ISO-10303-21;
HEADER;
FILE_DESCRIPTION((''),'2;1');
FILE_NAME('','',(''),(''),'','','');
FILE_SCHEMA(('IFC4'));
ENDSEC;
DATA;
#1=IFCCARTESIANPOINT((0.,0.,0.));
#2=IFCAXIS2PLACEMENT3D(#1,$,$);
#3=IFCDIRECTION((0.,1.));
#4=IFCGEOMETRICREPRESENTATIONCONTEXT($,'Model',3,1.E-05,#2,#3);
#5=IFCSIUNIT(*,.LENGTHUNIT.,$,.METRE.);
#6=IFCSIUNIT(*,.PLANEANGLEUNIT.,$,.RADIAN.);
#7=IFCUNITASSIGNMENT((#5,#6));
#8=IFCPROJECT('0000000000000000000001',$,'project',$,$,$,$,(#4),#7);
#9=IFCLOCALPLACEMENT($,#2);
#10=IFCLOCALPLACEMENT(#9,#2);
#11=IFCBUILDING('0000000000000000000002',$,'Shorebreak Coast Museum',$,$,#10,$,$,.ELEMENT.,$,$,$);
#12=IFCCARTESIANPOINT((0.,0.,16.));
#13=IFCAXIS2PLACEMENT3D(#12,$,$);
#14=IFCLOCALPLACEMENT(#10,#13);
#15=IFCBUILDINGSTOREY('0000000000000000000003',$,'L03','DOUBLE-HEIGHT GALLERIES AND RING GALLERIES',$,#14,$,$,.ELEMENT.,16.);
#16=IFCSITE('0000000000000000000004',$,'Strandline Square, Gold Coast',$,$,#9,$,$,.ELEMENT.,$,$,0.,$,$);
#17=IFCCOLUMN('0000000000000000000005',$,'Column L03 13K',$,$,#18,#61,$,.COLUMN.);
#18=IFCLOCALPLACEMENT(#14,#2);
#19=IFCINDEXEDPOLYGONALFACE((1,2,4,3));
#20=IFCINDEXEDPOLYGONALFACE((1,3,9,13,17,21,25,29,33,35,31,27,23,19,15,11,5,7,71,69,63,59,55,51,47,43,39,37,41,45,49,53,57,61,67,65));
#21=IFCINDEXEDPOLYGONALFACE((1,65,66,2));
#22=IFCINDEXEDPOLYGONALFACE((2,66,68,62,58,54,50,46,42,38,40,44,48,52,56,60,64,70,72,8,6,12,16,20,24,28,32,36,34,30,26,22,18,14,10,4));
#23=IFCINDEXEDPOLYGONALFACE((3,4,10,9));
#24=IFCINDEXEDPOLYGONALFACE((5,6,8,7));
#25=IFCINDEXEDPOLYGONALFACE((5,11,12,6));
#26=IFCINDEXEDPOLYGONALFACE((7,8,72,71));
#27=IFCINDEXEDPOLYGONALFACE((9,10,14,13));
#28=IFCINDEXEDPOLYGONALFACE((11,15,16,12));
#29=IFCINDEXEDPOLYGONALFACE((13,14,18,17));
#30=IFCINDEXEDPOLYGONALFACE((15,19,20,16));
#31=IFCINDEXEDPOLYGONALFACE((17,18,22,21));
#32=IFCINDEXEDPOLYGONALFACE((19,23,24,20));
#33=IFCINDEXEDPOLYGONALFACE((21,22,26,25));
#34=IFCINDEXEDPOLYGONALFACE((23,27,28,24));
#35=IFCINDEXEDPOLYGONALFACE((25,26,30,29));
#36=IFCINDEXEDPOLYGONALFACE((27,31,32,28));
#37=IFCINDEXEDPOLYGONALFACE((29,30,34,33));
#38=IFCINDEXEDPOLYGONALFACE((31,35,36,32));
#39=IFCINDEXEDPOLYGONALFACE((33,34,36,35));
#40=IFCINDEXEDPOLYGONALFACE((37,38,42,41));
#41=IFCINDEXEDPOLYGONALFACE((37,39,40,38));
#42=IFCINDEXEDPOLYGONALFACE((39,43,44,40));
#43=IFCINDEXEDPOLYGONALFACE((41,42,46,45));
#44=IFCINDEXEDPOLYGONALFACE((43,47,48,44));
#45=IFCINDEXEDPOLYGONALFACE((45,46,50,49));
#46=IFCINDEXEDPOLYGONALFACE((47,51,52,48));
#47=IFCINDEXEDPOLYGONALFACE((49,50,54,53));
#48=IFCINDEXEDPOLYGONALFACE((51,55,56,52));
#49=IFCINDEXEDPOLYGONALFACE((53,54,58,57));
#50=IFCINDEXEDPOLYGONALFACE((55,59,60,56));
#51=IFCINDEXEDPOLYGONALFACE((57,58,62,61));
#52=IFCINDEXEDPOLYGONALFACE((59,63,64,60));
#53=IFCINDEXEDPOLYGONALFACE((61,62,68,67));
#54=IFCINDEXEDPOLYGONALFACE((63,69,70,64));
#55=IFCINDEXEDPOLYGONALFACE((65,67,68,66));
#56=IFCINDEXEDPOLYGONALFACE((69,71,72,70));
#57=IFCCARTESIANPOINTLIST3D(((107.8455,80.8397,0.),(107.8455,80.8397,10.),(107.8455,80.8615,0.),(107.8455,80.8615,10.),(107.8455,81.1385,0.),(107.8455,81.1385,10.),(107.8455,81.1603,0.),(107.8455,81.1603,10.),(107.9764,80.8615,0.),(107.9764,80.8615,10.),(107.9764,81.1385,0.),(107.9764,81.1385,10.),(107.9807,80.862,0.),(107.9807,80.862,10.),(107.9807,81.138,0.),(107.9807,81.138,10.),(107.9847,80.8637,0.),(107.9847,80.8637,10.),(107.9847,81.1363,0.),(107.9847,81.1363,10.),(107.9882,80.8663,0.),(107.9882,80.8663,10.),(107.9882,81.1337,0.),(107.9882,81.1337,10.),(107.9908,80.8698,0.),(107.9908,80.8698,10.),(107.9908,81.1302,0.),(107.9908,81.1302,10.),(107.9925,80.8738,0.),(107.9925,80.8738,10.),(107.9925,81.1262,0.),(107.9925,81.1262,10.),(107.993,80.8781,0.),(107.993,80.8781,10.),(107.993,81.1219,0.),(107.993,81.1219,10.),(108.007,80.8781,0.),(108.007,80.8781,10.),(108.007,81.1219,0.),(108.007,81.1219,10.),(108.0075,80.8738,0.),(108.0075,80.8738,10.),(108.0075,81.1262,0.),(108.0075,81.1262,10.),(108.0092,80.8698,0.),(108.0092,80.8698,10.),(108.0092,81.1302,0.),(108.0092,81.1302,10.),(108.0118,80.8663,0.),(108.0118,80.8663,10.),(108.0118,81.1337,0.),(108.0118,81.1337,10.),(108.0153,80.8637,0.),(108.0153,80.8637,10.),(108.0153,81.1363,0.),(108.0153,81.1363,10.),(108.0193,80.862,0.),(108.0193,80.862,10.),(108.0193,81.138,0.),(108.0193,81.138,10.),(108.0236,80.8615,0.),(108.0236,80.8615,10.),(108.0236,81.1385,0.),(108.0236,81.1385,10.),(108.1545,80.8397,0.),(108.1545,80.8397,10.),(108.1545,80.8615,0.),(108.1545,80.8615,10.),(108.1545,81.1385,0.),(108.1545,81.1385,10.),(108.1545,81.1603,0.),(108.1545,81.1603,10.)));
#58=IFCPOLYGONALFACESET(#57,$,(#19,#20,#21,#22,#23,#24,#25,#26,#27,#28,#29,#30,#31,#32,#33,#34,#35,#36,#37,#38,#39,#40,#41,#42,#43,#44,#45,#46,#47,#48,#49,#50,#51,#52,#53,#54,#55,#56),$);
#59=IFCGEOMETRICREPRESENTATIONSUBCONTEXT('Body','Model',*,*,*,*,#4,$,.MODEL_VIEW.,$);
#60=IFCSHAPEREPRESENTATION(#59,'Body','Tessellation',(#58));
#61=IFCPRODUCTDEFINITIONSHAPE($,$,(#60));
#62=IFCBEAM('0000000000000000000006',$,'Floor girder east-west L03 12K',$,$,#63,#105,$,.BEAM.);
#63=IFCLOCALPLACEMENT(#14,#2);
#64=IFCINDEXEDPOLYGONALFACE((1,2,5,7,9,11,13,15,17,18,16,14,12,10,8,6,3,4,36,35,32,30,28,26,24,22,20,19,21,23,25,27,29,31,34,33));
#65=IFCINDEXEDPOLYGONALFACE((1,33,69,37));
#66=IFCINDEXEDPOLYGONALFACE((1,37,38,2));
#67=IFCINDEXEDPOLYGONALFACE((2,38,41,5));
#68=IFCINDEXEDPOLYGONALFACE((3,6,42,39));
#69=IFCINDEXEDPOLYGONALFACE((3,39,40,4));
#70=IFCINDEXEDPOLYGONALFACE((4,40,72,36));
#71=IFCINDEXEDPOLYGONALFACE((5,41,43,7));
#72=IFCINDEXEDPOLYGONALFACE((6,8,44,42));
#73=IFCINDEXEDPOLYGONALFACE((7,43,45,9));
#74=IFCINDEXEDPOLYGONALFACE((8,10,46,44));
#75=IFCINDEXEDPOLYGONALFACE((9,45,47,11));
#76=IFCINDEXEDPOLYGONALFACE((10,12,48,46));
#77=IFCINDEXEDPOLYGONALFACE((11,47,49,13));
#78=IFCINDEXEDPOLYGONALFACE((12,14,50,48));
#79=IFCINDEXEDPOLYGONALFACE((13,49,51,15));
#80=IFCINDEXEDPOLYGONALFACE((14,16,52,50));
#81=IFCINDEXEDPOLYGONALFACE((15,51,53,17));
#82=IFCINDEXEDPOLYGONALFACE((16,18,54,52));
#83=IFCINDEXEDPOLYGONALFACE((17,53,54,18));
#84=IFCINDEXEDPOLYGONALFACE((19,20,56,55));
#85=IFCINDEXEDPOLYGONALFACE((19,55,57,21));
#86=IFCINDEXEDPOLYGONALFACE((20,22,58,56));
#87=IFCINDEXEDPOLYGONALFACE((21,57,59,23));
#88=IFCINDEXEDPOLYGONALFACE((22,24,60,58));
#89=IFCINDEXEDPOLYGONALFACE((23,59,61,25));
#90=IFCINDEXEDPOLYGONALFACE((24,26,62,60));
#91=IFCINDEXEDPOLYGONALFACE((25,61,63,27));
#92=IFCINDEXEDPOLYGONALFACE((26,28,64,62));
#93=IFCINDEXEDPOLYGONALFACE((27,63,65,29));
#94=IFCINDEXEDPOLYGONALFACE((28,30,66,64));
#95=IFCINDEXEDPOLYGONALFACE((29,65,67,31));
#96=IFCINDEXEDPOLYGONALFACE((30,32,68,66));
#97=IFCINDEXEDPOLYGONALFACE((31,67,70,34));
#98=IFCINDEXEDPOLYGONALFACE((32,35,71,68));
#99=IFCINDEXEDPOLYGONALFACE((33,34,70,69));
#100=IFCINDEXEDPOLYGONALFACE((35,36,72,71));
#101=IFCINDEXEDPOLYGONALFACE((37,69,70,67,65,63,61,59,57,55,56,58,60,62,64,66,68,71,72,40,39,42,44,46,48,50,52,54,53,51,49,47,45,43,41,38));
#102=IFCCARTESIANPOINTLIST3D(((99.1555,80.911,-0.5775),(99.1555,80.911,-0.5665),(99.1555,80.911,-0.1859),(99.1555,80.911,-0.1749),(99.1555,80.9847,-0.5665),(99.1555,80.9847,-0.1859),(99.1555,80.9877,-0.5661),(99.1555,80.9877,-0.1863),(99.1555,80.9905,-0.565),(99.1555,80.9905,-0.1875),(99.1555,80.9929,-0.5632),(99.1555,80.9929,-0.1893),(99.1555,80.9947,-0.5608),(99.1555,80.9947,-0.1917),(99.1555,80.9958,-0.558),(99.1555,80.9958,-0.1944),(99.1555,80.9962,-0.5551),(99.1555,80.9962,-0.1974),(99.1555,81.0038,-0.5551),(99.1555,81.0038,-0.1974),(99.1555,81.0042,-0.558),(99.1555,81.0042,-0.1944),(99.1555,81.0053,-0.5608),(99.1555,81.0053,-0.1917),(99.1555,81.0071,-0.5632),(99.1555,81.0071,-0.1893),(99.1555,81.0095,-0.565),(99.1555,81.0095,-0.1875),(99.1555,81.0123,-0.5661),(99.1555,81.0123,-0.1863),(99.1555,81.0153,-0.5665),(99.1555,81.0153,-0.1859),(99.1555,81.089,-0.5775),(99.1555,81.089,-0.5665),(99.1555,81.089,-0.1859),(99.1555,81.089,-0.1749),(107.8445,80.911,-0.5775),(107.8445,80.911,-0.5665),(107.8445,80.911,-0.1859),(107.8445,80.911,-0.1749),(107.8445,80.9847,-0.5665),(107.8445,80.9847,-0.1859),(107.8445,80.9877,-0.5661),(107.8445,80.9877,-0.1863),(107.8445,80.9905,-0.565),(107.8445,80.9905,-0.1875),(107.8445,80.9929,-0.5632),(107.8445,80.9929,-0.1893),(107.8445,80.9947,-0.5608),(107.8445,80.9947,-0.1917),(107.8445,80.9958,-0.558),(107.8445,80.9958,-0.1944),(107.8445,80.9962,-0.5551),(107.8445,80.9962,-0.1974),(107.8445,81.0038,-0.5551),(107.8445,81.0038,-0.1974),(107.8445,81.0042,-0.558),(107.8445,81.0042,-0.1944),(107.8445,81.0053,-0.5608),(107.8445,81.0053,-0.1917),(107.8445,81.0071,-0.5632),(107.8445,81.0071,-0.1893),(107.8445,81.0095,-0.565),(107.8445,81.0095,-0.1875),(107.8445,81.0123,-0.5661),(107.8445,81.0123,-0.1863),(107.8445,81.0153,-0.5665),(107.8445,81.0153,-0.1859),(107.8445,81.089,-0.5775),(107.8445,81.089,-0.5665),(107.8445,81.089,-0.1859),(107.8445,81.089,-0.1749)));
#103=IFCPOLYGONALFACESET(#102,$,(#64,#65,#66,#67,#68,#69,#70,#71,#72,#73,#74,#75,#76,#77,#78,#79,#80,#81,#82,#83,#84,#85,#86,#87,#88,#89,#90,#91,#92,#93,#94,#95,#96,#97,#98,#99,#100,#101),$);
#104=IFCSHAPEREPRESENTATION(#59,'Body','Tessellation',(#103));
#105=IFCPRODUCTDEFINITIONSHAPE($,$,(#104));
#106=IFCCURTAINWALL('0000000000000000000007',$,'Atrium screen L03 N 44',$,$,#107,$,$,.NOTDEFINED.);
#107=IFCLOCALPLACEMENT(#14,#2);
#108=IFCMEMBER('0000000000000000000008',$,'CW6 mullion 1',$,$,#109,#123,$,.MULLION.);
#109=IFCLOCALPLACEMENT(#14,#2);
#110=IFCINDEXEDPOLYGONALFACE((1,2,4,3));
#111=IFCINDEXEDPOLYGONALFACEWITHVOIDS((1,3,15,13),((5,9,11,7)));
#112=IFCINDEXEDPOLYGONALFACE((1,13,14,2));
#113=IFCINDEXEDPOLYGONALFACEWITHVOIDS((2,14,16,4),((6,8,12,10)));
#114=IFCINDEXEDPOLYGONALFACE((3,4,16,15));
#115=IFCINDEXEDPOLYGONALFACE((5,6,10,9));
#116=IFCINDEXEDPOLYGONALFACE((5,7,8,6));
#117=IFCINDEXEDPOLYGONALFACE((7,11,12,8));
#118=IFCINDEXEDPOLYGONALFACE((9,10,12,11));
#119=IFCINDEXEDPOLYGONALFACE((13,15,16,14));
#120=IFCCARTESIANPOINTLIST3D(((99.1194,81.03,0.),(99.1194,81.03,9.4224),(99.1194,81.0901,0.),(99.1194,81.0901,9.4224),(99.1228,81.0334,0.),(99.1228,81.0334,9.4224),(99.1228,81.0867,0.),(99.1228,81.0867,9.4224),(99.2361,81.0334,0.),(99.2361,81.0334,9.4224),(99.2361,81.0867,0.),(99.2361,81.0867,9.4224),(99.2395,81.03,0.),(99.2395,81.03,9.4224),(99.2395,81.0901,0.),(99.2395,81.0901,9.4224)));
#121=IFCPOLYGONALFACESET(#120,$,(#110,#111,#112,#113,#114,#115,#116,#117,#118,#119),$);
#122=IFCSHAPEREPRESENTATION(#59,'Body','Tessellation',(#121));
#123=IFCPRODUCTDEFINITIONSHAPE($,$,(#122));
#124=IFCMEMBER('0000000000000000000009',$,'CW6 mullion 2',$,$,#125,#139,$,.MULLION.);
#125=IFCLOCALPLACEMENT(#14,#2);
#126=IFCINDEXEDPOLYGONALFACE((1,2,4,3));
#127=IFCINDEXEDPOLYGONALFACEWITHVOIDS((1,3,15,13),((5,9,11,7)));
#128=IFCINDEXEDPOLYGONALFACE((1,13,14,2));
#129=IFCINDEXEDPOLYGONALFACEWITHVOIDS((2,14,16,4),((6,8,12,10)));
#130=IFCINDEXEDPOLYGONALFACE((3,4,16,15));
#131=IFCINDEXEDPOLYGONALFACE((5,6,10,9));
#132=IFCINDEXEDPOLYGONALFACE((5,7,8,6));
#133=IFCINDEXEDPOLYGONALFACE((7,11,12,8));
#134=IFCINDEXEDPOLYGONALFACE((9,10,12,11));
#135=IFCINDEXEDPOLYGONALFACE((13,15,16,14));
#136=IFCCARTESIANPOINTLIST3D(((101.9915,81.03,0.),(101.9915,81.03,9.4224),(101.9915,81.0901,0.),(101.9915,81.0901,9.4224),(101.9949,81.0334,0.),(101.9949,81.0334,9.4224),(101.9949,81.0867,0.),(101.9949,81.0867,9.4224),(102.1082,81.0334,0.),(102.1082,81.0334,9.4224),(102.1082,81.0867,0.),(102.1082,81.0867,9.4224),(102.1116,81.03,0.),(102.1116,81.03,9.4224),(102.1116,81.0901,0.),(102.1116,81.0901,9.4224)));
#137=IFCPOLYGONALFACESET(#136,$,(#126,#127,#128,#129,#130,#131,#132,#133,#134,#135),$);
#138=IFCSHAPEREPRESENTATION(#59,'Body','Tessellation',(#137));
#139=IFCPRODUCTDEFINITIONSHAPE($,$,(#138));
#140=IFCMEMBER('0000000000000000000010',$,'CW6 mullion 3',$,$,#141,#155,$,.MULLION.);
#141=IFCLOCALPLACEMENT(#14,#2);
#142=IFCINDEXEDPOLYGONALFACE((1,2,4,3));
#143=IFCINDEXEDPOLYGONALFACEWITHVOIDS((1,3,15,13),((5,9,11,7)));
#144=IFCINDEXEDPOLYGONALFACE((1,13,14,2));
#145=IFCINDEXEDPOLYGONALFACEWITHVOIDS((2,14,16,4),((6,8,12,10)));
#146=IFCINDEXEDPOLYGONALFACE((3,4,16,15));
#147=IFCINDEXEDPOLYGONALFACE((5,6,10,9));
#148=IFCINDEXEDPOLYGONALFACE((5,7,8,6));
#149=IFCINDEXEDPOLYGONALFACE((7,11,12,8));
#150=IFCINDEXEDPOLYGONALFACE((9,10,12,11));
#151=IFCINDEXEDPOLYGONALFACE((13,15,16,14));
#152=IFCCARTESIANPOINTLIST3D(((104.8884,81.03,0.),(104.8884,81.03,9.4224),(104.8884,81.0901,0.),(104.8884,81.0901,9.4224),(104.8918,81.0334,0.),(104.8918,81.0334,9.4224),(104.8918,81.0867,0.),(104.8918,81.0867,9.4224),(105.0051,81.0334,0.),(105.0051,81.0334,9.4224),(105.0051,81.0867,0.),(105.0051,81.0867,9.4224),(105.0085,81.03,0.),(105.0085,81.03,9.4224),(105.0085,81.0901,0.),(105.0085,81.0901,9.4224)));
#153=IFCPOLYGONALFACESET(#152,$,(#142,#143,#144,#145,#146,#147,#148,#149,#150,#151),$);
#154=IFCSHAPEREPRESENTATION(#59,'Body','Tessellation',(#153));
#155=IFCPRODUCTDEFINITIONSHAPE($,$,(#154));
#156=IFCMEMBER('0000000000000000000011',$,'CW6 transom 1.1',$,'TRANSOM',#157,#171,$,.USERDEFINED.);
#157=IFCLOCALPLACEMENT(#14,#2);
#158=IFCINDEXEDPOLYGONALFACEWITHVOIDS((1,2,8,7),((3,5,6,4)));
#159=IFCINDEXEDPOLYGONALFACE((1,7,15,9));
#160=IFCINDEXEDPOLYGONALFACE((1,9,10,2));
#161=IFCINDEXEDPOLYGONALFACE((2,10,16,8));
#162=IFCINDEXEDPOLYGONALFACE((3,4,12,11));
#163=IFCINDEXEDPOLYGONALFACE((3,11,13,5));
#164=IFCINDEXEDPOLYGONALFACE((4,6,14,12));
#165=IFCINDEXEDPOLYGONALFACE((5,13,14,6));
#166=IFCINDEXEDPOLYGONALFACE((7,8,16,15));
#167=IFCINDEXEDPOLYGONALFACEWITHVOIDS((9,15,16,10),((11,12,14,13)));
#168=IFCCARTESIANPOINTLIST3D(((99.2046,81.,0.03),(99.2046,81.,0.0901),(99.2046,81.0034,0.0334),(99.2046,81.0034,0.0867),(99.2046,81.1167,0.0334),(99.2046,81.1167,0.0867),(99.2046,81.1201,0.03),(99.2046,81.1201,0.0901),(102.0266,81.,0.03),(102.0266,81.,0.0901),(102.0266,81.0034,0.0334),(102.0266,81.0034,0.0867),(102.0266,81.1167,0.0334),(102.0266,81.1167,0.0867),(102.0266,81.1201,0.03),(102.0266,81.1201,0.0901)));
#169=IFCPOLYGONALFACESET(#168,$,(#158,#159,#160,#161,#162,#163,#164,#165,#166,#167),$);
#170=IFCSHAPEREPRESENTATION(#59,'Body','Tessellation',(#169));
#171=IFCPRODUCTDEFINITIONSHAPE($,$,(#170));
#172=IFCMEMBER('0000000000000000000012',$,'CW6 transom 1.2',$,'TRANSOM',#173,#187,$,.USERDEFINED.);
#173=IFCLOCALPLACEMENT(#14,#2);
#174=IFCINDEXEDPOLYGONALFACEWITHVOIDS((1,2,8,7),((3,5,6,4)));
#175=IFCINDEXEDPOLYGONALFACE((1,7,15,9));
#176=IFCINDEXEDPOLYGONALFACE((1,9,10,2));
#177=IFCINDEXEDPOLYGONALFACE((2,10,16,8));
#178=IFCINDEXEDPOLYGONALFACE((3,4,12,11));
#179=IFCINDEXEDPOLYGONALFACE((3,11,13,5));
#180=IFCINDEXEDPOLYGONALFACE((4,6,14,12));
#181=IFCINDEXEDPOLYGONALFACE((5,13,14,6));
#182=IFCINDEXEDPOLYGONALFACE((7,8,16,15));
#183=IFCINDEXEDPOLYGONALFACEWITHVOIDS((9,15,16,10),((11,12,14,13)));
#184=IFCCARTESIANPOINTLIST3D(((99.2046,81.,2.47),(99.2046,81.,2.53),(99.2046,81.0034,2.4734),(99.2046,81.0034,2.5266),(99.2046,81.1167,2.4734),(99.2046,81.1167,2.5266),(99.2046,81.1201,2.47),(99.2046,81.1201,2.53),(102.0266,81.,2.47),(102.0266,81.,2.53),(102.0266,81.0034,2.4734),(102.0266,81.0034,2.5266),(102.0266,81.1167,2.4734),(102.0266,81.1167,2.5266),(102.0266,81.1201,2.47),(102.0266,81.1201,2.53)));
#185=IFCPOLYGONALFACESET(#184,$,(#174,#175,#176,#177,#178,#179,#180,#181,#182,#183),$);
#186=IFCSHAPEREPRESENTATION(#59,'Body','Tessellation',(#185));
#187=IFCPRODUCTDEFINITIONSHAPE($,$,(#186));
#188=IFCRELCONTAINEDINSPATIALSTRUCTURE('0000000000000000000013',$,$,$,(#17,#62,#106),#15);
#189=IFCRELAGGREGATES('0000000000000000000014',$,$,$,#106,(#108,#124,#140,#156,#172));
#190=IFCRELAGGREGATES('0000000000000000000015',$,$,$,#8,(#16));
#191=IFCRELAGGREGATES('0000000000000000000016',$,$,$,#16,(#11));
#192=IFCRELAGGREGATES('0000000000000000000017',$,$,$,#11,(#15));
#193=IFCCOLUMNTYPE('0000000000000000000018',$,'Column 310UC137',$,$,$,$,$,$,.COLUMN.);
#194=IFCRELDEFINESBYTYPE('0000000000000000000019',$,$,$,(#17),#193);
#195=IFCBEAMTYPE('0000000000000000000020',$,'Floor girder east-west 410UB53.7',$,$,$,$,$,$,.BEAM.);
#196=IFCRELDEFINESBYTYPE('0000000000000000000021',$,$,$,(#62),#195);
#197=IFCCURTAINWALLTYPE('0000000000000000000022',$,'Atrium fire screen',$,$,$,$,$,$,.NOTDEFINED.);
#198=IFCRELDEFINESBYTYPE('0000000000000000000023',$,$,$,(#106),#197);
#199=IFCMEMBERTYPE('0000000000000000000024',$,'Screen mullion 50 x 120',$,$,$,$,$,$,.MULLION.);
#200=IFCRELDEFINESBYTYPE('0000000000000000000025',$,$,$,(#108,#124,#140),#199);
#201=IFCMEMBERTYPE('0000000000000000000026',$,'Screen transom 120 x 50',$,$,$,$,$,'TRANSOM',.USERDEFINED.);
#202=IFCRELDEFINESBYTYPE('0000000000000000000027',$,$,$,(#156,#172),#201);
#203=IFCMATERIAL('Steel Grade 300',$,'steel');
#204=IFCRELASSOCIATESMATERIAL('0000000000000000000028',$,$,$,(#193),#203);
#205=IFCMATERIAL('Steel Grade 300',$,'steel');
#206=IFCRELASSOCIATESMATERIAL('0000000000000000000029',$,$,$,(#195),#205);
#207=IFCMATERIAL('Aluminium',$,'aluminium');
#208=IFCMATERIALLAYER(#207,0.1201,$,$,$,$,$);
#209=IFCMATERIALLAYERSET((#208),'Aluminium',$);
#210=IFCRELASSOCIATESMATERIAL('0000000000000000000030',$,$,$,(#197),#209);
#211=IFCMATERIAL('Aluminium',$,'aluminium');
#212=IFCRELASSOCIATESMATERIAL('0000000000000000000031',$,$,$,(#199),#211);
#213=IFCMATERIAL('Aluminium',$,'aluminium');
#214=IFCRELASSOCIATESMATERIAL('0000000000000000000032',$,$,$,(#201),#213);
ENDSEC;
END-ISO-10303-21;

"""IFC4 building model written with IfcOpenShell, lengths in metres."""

from ifc_helpers import new_model, si_unit, direction, frame, origin, origin_2d, place, context, subcontext, project, spatial, hollow_rectangle, i_section, extrude, material, layer, layer_set, material_profile, profile_set, type_object, element, aggregate, save


model = new_model("IFC4")

# Units and contexts
model_context = context("Model", 3, precision=1e-05, world=origin(), true_north=direction((0.0, 1.0)))
body_context = subcontext(model_context, "Body", "Model", "MODEL_VIEW")
ifc_project = project(units=[si_unit("LENGTHUNIT", "METRE"), si_unit("PLANEANGLEUNIT", "RADIAN")], contexts=[model_context])

# Site, building, storey
site_placement = place(None, origin())
site = spatial("IfcSite", under=ifc_project, at=site_placement, Name="Strandline Square, Gold Coast", CompositionType="ELEMENT", RefElevation=0.0)
building_placement = place(site_placement, origin())
building = spatial("IfcBuilding", under=site, at=building_placement, Name="Shorebreak Coast Museum", CompositionType="ELEMENT")
storey_placement = place(building_placement, frame((0.0, 0.0, 16.0)))
storey = spatial("IfcBuildingStorey", under=building, at=storey_placement, Name="L03", Description="DOUBLE-HEIGHT GALLERIES AND RING GALLERIES", CompositionType="ELEMENT", Elevation=16.0)

# Column
ifc_material_1 = material(Name="Steel Grade 300", Category="steel")
ifc_material_profile_1 = material_profile(ifc_material_1, i_section(OverallWidth=0.3091, OverallDepth=0.3206, WebThickness=0.0139, FlangeThickness=0.0217, FilletRadius=0.0166, at=origin_2d()), Name="310UC137")
ifc_profile_set_1 = profile_set([ifc_material_profile_1], Name="Steel Grade 300")
column_type = type_object("IfcColumnType", Name="Column 310UC137", PredefinedType="COLUMN", material=ifc_profile_set_1)
column_placement = place(storey_placement, frame((108.0, 81.0, 0.0), z_axis=(0.0, 0.0, 1.0), x_axis=(1.0, 0.0, 0.0)))
element("IfcColumn", 1, at=column_placement, inside=storey, type_object=column_type, Name="Column L03 13K", PredefinedType="COLUMN", context=body_context, shape_type="SweptSolid", body=[
    extrude(i_section(OverallWidth=0.3091, OverallDepth=0.3206, WebThickness=0.0139, FlangeThickness=0.0217, FilletRadius=0.0166, at=origin_2d()), origin(), (0.0, 0.0, 1.0), 10.0),
])

# Beam
ifc_material_2 = material(Name="Steel Grade 300", Category="steel")
ifc_material_profile_2 = material_profile(ifc_material_2, i_section(OverallWidth=0.178, OverallDepth=0.4026, WebThickness=0.0076, FlangeThickness=0.011, FilletRadius=0.0115, at=origin_2d()), Name="410UB53.7")
ifc_profile_set_2 = profile_set([ifc_material_profile_2], Name="Steel Grade 300")
beam_type = type_object("IfcBeamType", Name="Floor girder east-west 410UB53.7", PredefinedType="BEAM", material=ifc_profile_set_2)
beam_placement = place(storey_placement, frame((99.1555, 81.0, -0.3762), z_axis=(1.0, 0.0, 0.0), x_axis=(0.0, 1.0, 0.0)))
element("IfcBeam", 2, at=beam_placement, inside=storey, type_object=beam_type, Name="Floor girder east-west L03 12K", PredefinedType="BEAM", context=body_context, shape_type="SweptSolid", body=[
    extrude(i_section(OverallWidth=0.178, OverallDepth=0.4026, WebThickness=0.0076, FlangeThickness=0.011, FilletRadius=0.0115, at=origin_2d()), origin(), (0.0, 0.0, 1.0), 8.689),
])

# Curtain wall, members
ifc_material_3 = material(Name="Aluminium", Category="aluminium")
ifc_layer_1 = layer(ifc_material_3, 0.1201)
ifc_layer_set_1 = layer_set([ifc_layer_1], Name="Aluminium")
curtain_wall_type = type_object("IfcCurtainWallType", Name="Atrium fire screen", PredefinedType="NOTDEFINED", material=ifc_layer_set_1)
curtain_wall_1_placement = place(storey_placement, origin())
curtain_wall_1 = element("IfcCurtainWall", 3, at=curtain_wall_1_placement, inside=storey, type_object=curtain_wall_type, Name="Atrium screen L03 N 44", PredefinedType="NOTDEFINED")
ifc_material_4 = material(Name="Aluminium", Category="aluminium")
ifc_material_profile_3 = material_profile(ifc_material_4, hollow_rectangle(XDim=0.0601, YDim=0.1201, WallThickness=0.0034, at=origin_2d()), Name="AL 120x60 RHS")
ifc_profile_set_3 = profile_set([ifc_material_profile_3], Name="Aluminium")
member_type_1 = type_object("IfcMemberType", Name="Screen mullion 50 x 120", PredefinedType="MULLION", material=ifc_profile_set_3)
member_1_placement = place(storey_placement, frame((99.1794, 81.0601, 0.0), z_axis=(0.0, 0.0, 1.0), x_axis=(0.0, 1.0, 0.0)))
member_1 = element("IfcMember", 4, at=member_1_placement, type_object=member_type_1, Name="CW6 mullion 1", PredefinedType="MULLION", context=body_context, shape_type="SweptSolid", body=[
    extrude(hollow_rectangle(XDim=0.0601, YDim=0.1201, WallThickness=0.0034, at=origin_2d()), origin(), (0.0, 0.0, 1.0), 9.4224),
])
member_2_placement = place(storey_placement, frame((102.0515, 81.0601, 0.0), z_axis=(0.0, 0.0, 1.0), x_axis=(0.0, 1.0, 0.0)))
member_2 = element("IfcMember", 5, at=member_2_placement, type_object=member_type_1, Name="CW6 mullion 2", PredefinedType="MULLION", context=body_context, shape_type="SweptSolid", body=[
    extrude(hollow_rectangle(XDim=0.0601, YDim=0.1201, WallThickness=0.0034, at=origin_2d()), origin(), (0.0, 0.0, 1.0), 9.4224),
])
member_3_placement = place(storey_placement, frame((104.9485, 81.0601, 0.0), z_axis=(0.0, 0.0, 1.0), x_axis=(0.0, 1.0, 0.0)))
member_3 = element("IfcMember", 6, at=member_3_placement, type_object=member_type_1, Name="CW6 mullion 3", PredefinedType="MULLION", context=body_context, shape_type="SweptSolid", body=[
    extrude(hollow_rectangle(XDim=0.0601, YDim=0.1201, WallThickness=0.0034, at=origin_2d()), origin(), (0.0, 0.0, 1.0), 9.4224),
])
ifc_material_5 = material(Name="Aluminium", Category="aluminium")
ifc_material_profile_4 = material_profile(ifc_material_5, hollow_rectangle(XDim=0.1201, YDim=0.0601, WallThickness=0.0034, at=origin_2d()), Name="AL 60x120 RHS")
ifc_profile_set_4 = profile_set([ifc_material_profile_4], Name="Aluminium")
member_type_2 = type_object("IfcMemberType", Name="Screen transom 120 x 50", ElementType="TRANSOM", PredefinedType="USERDEFINED", material=ifc_profile_set_4)
member_4_placement = place(storey_placement, frame((99.2046, 81.0601, 0.0601), z_axis=(1.0, 0.0, 0.0), x_axis=(0.0, 1.0, 0.0)))
member_4 = element("IfcMember", 7, at=member_4_placement, type_object=member_type_2, Name="CW6 transom 1.1", ObjectType="TRANSOM", PredefinedType="USERDEFINED", context=body_context, shape_type="SweptSolid", body=[
    extrude(hollow_rectangle(XDim=0.1201, YDim=0.0601, WallThickness=0.0034, at=origin_2d()), origin(), (0.0, 0.0, 1.0), 2.822),
])
member_5_placement = place(storey_placement, frame((99.2046, 81.0601, 2.5), z_axis=(1.0, 0.0, 0.0), x_axis=(0.0, 1.0, 0.0)))
member_5 = element("IfcMember", 8, at=member_5_placement, type_object=member_type_2, Name="CW6 transom 1.2", ObjectType="TRANSOM", PredefinedType="USERDEFINED", context=body_context, shape_type="SweptSolid", body=[
    extrude(hollow_rectangle(XDim=0.1201, YDim=0.0601, WallThickness=0.0034, at=origin_2d()), origin(), (0.0, 0.0, 1.0), 2.822),
])
aggregate(curtain_wall_1, [member_1, member_2, member_3, member_4, member_5])

save(model, "model.ifc")
